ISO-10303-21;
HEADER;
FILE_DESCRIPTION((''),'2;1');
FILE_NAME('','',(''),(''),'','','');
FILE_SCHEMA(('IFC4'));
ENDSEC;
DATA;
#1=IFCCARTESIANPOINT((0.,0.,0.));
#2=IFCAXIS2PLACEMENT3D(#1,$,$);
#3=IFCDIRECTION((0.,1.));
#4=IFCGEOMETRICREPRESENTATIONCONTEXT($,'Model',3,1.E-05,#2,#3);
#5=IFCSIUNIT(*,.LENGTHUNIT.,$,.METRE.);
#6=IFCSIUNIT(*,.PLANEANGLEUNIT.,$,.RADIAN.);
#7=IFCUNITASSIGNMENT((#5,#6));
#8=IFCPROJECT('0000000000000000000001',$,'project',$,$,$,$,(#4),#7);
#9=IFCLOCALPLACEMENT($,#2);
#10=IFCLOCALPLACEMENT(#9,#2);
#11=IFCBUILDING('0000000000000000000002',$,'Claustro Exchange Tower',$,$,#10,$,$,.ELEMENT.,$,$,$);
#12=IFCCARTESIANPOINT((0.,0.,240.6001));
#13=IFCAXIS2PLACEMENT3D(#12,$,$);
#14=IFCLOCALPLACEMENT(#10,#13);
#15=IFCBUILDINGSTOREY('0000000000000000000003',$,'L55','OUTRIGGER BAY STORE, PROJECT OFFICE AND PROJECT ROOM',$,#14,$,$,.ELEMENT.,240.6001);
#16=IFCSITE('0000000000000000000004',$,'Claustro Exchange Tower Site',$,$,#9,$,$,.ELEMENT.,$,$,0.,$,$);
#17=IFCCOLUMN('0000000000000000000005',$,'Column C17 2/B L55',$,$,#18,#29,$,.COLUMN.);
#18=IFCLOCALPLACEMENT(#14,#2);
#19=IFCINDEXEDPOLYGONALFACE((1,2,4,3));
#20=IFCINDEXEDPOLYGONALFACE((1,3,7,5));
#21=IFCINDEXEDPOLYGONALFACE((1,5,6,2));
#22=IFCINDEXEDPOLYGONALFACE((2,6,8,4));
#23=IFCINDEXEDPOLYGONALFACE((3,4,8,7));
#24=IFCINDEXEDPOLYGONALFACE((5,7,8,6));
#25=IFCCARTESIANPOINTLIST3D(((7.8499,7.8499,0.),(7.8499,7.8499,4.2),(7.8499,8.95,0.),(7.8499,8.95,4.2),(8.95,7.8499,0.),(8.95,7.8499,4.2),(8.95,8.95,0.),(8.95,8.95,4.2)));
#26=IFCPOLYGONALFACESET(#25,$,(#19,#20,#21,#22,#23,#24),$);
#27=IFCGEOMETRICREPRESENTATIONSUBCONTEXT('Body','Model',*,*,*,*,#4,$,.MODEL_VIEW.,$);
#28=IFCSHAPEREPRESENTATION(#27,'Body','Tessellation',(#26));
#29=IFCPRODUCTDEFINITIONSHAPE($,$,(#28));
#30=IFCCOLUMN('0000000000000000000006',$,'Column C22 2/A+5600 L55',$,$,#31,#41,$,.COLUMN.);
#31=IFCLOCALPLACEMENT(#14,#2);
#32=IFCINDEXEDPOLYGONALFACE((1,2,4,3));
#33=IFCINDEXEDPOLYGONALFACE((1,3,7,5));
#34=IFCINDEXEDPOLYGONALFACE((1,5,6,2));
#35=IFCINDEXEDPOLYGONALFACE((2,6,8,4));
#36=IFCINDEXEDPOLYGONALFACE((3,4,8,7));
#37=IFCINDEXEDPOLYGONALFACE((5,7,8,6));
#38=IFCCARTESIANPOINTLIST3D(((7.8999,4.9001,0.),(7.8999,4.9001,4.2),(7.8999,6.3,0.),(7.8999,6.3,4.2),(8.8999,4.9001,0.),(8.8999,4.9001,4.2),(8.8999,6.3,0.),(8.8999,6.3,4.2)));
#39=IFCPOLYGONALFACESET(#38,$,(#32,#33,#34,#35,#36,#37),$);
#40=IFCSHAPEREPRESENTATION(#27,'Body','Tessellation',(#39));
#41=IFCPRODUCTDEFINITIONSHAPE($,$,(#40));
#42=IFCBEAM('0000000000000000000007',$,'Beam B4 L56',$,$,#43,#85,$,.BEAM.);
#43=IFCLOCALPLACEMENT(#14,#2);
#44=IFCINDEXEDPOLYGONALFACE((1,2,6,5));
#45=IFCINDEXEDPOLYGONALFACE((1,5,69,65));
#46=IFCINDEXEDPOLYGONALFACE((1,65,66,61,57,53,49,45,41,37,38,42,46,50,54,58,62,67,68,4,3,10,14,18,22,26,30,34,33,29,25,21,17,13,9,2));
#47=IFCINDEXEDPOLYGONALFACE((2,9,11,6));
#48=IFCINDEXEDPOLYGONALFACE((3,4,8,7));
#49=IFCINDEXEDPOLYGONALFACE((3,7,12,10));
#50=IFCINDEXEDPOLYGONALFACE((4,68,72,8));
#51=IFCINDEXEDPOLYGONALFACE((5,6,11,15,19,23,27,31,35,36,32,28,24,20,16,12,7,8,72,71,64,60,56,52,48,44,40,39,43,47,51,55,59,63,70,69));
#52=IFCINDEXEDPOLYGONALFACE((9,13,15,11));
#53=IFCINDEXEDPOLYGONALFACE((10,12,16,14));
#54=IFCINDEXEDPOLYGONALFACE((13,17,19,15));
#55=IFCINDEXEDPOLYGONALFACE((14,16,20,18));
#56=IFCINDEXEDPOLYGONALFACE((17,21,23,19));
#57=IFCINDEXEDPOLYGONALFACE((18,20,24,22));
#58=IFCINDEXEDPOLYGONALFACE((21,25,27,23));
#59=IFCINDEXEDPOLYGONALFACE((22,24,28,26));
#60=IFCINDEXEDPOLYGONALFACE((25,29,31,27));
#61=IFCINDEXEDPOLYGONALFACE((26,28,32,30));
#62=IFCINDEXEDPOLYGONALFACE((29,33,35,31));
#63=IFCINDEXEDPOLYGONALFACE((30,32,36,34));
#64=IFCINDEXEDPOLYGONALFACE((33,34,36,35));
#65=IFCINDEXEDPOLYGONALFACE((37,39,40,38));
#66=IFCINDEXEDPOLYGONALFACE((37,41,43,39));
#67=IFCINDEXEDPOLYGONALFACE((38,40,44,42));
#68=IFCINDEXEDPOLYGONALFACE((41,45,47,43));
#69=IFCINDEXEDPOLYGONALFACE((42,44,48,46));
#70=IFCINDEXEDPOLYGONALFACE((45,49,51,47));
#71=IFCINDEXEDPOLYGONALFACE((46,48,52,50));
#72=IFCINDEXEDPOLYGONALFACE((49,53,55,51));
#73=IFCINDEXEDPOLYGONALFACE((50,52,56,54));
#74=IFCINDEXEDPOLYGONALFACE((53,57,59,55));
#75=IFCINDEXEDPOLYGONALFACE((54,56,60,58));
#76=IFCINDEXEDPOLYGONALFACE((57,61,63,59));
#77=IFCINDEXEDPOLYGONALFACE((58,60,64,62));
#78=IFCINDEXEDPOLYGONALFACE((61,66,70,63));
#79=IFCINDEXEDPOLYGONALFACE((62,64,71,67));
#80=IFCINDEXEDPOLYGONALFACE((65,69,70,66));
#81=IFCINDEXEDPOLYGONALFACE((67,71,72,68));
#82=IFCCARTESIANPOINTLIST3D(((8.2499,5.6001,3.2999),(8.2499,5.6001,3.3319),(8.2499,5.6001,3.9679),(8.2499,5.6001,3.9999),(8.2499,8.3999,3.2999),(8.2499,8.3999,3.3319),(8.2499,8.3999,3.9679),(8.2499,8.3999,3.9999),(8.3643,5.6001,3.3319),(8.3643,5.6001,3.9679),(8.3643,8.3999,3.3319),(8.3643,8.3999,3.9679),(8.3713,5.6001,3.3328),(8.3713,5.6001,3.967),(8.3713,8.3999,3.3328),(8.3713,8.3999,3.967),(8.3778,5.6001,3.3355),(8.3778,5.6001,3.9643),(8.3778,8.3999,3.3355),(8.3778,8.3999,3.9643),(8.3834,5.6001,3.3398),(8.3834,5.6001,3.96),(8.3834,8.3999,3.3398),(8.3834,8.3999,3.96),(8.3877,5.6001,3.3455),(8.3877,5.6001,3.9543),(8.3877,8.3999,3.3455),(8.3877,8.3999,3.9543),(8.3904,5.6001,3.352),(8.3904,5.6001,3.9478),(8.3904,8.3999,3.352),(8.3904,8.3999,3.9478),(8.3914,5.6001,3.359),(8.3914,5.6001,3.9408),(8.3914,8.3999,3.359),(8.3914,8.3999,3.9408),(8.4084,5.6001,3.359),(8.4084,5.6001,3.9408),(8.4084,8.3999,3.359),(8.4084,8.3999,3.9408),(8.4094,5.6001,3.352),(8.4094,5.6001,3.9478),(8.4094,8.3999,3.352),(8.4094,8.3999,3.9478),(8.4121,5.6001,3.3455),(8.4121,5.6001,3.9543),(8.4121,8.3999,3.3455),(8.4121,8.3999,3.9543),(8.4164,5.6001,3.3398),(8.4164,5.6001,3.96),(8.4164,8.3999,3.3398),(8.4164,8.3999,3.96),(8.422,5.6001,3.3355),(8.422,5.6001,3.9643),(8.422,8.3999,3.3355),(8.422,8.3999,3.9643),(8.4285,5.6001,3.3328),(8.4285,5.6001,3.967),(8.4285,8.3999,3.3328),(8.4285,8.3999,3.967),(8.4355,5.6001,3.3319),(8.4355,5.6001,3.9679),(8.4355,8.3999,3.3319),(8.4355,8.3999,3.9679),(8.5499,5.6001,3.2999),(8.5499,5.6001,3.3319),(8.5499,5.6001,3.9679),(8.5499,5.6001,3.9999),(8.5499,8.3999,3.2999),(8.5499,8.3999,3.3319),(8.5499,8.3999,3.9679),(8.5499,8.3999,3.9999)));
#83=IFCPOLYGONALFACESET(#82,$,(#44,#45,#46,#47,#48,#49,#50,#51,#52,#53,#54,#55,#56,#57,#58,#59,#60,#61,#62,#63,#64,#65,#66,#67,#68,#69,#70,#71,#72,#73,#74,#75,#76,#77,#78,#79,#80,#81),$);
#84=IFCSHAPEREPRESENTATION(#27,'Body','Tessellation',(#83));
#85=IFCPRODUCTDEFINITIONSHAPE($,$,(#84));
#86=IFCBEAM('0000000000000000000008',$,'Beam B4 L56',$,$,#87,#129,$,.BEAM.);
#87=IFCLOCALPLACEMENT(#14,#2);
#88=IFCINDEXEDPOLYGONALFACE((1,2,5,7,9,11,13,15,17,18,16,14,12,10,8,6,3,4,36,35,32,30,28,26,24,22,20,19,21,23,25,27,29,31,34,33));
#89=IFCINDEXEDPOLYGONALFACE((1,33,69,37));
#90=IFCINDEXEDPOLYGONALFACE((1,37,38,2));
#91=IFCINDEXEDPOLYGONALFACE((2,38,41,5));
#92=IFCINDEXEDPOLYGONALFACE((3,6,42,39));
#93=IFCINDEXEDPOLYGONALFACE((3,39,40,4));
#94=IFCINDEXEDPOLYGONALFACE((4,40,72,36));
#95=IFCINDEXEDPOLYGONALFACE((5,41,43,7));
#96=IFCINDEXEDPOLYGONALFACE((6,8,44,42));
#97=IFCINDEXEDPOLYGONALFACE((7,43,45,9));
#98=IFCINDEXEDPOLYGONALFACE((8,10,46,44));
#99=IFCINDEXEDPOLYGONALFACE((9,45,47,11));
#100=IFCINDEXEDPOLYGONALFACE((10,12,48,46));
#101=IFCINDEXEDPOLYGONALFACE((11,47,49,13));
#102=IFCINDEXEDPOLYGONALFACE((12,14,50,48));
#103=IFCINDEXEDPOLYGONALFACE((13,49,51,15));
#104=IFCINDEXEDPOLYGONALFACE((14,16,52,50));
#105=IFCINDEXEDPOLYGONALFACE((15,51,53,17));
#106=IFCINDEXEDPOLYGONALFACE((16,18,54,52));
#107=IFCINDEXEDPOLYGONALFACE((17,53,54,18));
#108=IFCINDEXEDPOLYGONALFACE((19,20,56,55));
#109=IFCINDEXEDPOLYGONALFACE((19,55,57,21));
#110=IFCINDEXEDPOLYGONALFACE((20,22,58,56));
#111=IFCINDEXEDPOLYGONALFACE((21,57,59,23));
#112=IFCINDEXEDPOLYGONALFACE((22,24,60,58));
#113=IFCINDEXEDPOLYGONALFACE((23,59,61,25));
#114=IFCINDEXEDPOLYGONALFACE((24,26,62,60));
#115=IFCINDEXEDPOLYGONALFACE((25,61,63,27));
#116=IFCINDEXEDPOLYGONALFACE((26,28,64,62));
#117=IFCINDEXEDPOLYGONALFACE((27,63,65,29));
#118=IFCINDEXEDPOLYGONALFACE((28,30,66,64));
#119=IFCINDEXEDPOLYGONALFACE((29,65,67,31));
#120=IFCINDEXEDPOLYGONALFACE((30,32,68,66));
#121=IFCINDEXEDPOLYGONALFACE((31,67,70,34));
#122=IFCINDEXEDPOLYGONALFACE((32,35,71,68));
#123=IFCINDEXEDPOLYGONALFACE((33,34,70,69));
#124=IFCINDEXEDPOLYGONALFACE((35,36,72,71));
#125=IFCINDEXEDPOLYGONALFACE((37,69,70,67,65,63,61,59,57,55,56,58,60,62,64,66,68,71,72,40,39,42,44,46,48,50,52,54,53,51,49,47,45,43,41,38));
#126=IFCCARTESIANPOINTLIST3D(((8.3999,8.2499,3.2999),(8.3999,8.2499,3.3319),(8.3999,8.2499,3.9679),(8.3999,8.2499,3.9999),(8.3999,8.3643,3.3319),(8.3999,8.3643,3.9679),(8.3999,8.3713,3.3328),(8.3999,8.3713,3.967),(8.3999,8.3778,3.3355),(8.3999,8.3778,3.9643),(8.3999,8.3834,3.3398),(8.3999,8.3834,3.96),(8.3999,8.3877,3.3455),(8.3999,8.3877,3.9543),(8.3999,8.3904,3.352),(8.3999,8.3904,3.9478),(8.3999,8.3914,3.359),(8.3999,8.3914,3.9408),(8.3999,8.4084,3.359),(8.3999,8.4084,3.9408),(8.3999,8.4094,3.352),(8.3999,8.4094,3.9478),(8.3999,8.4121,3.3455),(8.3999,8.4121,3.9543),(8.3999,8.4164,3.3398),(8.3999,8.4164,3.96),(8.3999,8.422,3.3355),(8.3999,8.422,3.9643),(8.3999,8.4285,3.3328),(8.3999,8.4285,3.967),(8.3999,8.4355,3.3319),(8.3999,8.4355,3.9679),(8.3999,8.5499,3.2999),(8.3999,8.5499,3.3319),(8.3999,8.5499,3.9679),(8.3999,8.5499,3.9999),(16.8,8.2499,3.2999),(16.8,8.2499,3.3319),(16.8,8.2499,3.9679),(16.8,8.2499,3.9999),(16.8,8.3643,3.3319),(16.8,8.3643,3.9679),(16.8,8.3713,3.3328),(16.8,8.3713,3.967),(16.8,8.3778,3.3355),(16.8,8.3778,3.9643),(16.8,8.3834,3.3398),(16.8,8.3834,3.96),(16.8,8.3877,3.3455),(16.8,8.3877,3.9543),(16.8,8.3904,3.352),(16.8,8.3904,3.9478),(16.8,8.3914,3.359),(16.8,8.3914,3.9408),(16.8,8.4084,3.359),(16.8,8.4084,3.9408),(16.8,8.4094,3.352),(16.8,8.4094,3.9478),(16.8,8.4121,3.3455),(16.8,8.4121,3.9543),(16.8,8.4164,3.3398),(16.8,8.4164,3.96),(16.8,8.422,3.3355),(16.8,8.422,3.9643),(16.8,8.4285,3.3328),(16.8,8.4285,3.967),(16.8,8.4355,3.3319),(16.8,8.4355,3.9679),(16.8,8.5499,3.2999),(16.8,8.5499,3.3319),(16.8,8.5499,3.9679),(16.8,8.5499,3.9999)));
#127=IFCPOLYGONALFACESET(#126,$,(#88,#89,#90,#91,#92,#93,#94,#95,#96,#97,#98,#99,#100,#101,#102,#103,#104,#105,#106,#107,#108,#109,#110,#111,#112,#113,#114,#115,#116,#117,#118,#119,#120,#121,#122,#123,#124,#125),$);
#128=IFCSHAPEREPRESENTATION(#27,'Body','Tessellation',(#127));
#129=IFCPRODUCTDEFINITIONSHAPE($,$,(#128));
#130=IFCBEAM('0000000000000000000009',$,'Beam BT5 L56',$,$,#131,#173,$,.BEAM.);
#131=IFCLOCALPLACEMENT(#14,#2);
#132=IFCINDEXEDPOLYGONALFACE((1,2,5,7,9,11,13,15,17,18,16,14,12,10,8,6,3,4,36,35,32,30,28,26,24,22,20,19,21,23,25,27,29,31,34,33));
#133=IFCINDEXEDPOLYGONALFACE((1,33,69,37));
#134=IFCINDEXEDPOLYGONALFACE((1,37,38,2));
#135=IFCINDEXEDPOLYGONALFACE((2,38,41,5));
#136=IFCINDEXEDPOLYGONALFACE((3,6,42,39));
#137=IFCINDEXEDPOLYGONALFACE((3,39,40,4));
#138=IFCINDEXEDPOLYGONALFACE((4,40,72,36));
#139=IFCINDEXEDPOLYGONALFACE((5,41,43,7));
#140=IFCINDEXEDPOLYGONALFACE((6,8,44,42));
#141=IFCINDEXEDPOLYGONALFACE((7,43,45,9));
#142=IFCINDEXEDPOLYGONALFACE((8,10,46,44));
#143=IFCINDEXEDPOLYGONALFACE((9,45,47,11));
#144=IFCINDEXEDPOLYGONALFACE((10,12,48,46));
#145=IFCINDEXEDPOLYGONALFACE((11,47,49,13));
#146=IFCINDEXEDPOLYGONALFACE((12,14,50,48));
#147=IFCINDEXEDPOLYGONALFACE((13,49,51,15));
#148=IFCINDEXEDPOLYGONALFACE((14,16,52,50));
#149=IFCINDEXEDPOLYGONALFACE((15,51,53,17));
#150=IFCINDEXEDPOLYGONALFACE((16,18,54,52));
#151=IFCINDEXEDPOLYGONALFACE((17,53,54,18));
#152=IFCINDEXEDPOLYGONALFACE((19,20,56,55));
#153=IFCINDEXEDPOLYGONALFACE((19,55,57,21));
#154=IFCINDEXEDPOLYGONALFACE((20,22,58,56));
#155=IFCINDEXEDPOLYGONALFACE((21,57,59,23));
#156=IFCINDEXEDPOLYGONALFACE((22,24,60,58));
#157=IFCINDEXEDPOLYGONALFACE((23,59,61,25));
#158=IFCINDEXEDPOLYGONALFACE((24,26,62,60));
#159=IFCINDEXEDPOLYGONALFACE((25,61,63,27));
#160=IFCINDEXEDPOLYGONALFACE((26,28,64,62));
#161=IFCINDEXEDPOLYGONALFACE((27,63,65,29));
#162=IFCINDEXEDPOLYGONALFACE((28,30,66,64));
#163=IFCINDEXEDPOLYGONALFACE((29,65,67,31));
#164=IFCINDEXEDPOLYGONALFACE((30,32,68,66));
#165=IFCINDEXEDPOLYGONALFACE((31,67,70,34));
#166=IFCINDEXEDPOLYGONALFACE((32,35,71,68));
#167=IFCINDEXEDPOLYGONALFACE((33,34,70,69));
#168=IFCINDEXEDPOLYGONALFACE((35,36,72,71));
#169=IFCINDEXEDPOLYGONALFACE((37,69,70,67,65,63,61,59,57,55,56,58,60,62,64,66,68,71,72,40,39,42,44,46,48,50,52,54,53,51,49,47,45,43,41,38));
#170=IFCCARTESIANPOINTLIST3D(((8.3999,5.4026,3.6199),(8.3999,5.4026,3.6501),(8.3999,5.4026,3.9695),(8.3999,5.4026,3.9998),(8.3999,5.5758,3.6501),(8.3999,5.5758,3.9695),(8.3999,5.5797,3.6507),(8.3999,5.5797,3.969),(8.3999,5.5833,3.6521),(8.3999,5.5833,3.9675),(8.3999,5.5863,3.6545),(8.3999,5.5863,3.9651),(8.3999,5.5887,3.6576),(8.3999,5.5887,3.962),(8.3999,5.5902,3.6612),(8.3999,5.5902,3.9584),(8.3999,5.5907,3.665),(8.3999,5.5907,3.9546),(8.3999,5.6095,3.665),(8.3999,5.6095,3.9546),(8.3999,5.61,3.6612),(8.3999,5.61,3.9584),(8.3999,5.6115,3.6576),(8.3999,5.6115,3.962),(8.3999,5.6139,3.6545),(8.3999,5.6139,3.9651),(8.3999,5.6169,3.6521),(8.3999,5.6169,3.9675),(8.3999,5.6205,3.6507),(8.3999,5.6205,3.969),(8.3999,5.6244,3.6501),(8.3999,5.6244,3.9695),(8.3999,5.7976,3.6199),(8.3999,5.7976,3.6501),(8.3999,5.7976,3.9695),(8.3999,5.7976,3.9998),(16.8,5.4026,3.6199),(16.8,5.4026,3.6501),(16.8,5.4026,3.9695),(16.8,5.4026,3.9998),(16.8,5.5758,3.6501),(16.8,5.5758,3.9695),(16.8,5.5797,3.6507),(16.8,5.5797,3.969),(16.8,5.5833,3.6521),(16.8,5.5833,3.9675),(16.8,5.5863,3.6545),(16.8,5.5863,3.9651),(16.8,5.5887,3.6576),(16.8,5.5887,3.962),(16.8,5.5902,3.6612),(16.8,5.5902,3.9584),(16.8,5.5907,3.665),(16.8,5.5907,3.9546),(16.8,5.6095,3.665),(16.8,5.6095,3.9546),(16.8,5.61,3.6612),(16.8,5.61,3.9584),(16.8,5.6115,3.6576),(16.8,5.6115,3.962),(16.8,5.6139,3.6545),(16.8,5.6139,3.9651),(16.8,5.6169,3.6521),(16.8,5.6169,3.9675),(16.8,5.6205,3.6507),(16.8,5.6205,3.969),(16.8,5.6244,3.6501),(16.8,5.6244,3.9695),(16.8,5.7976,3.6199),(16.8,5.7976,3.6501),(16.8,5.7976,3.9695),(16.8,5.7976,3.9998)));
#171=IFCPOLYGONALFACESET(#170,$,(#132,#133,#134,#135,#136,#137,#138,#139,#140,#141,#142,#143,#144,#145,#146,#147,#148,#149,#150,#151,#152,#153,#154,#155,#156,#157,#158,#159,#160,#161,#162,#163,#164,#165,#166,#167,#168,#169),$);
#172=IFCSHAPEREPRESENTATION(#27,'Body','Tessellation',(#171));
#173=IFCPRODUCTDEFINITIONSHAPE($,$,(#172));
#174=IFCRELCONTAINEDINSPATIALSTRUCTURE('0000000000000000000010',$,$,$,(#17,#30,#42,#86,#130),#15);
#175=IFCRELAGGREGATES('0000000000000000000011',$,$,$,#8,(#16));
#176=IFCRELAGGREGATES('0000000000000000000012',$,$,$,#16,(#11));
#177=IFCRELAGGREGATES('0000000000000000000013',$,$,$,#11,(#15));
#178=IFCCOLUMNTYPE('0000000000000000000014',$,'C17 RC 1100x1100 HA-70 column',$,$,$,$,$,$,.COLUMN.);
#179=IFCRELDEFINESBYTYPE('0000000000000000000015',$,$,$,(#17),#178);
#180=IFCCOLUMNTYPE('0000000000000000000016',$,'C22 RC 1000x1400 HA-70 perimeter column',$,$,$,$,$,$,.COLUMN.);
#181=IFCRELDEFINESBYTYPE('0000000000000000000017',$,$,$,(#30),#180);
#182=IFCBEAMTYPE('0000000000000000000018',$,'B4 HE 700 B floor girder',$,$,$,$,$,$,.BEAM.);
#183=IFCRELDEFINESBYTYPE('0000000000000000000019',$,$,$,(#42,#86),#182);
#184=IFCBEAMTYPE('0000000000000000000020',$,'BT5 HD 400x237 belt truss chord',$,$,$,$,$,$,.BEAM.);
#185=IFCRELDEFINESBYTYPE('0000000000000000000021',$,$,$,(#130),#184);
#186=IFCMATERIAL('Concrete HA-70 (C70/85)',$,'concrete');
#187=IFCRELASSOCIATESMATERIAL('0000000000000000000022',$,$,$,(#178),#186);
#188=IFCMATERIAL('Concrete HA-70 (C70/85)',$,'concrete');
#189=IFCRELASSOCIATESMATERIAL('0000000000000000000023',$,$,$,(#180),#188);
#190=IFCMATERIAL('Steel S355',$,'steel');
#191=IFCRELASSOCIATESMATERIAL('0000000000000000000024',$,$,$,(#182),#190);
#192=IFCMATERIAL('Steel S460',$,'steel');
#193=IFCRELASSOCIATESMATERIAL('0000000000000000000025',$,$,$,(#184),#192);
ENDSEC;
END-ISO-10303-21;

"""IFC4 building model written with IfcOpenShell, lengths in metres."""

from ifc_helpers import new_model, si_unit, direction, frame, origin, origin_2d, place, context, subcontext, project, spatial, rectangle, i_section, extrude, material, material_profile, profile_set, type_object, element, save


model = new_model("IFC4")

# Units and contexts
model_context = context("Model", 3, precision=1e-05, world=origin(), true_north=direction((0.0, 1.0)))
body_context = subcontext(model_context, "Body", "Model", "MODEL_VIEW")
ifc_project = project(units=[si_unit("LENGTHUNIT", "METRE"), si_unit("PLANEANGLEUNIT", "RADIAN")], contexts=[model_context])

# Site, building, storey
site_placement = place(None, origin())
site = spatial("IfcSite", under=ifc_project, at=site_placement, Name="Claustro Exchange Tower Site", CompositionType="ELEMENT", RefElevation=0.0)
building_placement = place(site_placement, origin())
building = spatial("IfcBuilding", under=site, at=building_placement, Name="Claustro Exchange Tower", CompositionType="ELEMENT")
storey_placement = place(building_placement, frame((0.0, 0.0, 240.6001)))
storey = spatial("IfcBuildingStorey", under=building, at=storey_placement, Name="L55", Description="OUTRIGGER BAY STORE, PROJECT OFFICE AND PROJECT ROOM", CompositionType="ELEMENT", Elevation=240.6001)

# Columns
ifc_material_1 = material(Name="Concrete HA-70 (C70/85)", Category="concrete")
ifc_material_profile_1 = material_profile(ifc_material_1, rectangle(XDim=1.1001, YDim=1.1001, at=origin_2d()), Name="RC 1100x1100")
ifc_profile_set_1 = profile_set([ifc_material_profile_1], Name="Concrete HA-70 (C70/85)")
column_type_1 = type_object("IfcColumnType", Name="C17 RC 1100x1100 HA-70 column", PredefinedType="COLUMN", material=ifc_profile_set_1)
column_1_placement = place(storey_placement, frame((8.3999, 8.3999, 0.0), z_axis=(0.0, 0.0, 1.0), x_axis=(1.0, 0.0, 0.0)))
element("IfcColumn", 1, at=column_1_placement, inside=storey, type_object=column_type_1, Name="Column C17 2/B L55", PredefinedType="COLUMN", context=body_context, shape_type="SweptSolid", body=[
    extrude(rectangle(XDim=1.1001, YDim=1.1001, at=origin_2d()), origin(), (0.0, 0.0, 1.0), 4.2),
])
ifc_material_2 = material(Name="Concrete HA-70 (C70/85)", Category="concrete")
ifc_material_profile_2 = material_profile(ifc_material_2, rectangle(XDim=1.0, YDim=1.3999, at=origin_2d()), Name="RC 1000x1400")
ifc_profile_set_2 = profile_set([ifc_material_profile_2], Name="Concrete HA-70 (C70/85)")
column_type_2 = type_object("IfcColumnType", Name="C22 RC 1000x1400 HA-70 perimeter column", PredefinedType="COLUMN", material=ifc_profile_set_2)
column_2_placement = place(storey_placement, frame((8.3999, 5.6001, 0.0), z_axis=(0.0, 0.0, 1.0), x_axis=(1.0, 0.0, 0.0)))
element("IfcColumn", 2, at=column_2_placement, inside=storey, type_object=column_type_2, Name="Column C22 2/A+5600 L55", PredefinedType="COLUMN", context=body_context, shape_type="SweptSolid", body=[
    extrude(rectangle(XDim=1.0, YDim=1.3999, at=origin_2d()), origin(), (0.0, 0.0, 1.0), 4.2),
])

# Beams
ifc_material_3 = material(Name="Steel S355", Category="steel")
ifc_material_profile_3 = material_profile(ifc_material_3, i_section(OverallWidth=0.3, OverallDepth=0.7, WebThickness=0.0171, FlangeThickness=0.032, FilletRadius=0.0271, at=origin_2d()), Name="HE 700 B")
ifc_profile_set_3 = profile_set([ifc_material_profile_3], Name="Steel S355")
beam_type_1 = type_object("IfcBeamType", Name="B4 HE 700 B floor girder", PredefinedType="BEAM", material=ifc_profile_set_3)
beam_1_placement = place(storey_placement, frame((8.3999, 5.6001, 3.6499), z_axis=(0.0, 1.0, 0.0), x_axis=(-1.0, 0.0, 0.0)))
element("IfcBeam", 3, at=beam_1_placement, inside=storey, type_object=beam_type_1, Name="Beam B4 L56", PredefinedType="BEAM", context=body_context, shape_type="SweptSolid", body=[
    extrude(i_section(OverallWidth=0.3, OverallDepth=0.7, WebThickness=0.0171, FlangeThickness=0.032, FilletRadius=0.0271, at=origin_2d()), origin(), (0.0, 0.0, 1.0), 2.7998),
])
beam_2_placement = place(storey_placement, frame((8.3999, 8.3999, 3.6499), z_axis=(1.0, 0.0, 0.0), x_axis=(0.0, 1.0, 0.0)))
element("IfcBeam", 4, at=beam_2_placement, inside=storey, type_object=beam_type_1, Name="Beam B4 L56", PredefinedType="BEAM", context=body_context, shape_type="SweptSolid", body=[
    extrude(i_section(OverallWidth=0.3, OverallDepth=0.7, WebThickness=0.0171, FlangeThickness=0.032, FilletRadius=0.0271, at=origin_2d()), origin(), (0.0, 0.0, 1.0), 8.4001),
])
ifc_material_4 = material(Name="Steel S460", Category="steel")
ifc_material_profile_4 = material_profile(ifc_material_4, i_section(OverallWidth=0.395, OverallDepth=0.3799, WebThickness=0.0188, FlangeThickness=0.0303, FilletRadius=0.0149, at=origin_2d()), Name="HD 400x237")
ifc_profile_set_4 = profile_set([ifc_material_profile_4], Name="Steel S460")
beam_type_2 = type_object("IfcBeamType", Name="BT5 HD 400x237 belt truss chord", PredefinedType="BEAM", material=ifc_profile_set_4)
beam_3_placement = place(storey_placement, frame((8.3999, 5.6001, 3.8098), z_axis=(1.0, 0.0, 0.0), x_axis=(0.0, 1.0, 0.0)))
element("IfcBeam", 5, at=beam_3_placement, inside=storey, type_object=beam_type_2, Name="Beam BT5 L56", PredefinedType="BEAM", context=body_context, shape_type="SweptSolid", body=[
    extrude(i_section(OverallWidth=0.395, OverallDepth=0.3799, WebThickness=0.0188, FlangeThickness=0.0303, FilletRadius=0.0149, at=origin_2d()), origin(), (0.0, 0.0, 1.0), 8.4001),
])

save(model, "model.ifc")
